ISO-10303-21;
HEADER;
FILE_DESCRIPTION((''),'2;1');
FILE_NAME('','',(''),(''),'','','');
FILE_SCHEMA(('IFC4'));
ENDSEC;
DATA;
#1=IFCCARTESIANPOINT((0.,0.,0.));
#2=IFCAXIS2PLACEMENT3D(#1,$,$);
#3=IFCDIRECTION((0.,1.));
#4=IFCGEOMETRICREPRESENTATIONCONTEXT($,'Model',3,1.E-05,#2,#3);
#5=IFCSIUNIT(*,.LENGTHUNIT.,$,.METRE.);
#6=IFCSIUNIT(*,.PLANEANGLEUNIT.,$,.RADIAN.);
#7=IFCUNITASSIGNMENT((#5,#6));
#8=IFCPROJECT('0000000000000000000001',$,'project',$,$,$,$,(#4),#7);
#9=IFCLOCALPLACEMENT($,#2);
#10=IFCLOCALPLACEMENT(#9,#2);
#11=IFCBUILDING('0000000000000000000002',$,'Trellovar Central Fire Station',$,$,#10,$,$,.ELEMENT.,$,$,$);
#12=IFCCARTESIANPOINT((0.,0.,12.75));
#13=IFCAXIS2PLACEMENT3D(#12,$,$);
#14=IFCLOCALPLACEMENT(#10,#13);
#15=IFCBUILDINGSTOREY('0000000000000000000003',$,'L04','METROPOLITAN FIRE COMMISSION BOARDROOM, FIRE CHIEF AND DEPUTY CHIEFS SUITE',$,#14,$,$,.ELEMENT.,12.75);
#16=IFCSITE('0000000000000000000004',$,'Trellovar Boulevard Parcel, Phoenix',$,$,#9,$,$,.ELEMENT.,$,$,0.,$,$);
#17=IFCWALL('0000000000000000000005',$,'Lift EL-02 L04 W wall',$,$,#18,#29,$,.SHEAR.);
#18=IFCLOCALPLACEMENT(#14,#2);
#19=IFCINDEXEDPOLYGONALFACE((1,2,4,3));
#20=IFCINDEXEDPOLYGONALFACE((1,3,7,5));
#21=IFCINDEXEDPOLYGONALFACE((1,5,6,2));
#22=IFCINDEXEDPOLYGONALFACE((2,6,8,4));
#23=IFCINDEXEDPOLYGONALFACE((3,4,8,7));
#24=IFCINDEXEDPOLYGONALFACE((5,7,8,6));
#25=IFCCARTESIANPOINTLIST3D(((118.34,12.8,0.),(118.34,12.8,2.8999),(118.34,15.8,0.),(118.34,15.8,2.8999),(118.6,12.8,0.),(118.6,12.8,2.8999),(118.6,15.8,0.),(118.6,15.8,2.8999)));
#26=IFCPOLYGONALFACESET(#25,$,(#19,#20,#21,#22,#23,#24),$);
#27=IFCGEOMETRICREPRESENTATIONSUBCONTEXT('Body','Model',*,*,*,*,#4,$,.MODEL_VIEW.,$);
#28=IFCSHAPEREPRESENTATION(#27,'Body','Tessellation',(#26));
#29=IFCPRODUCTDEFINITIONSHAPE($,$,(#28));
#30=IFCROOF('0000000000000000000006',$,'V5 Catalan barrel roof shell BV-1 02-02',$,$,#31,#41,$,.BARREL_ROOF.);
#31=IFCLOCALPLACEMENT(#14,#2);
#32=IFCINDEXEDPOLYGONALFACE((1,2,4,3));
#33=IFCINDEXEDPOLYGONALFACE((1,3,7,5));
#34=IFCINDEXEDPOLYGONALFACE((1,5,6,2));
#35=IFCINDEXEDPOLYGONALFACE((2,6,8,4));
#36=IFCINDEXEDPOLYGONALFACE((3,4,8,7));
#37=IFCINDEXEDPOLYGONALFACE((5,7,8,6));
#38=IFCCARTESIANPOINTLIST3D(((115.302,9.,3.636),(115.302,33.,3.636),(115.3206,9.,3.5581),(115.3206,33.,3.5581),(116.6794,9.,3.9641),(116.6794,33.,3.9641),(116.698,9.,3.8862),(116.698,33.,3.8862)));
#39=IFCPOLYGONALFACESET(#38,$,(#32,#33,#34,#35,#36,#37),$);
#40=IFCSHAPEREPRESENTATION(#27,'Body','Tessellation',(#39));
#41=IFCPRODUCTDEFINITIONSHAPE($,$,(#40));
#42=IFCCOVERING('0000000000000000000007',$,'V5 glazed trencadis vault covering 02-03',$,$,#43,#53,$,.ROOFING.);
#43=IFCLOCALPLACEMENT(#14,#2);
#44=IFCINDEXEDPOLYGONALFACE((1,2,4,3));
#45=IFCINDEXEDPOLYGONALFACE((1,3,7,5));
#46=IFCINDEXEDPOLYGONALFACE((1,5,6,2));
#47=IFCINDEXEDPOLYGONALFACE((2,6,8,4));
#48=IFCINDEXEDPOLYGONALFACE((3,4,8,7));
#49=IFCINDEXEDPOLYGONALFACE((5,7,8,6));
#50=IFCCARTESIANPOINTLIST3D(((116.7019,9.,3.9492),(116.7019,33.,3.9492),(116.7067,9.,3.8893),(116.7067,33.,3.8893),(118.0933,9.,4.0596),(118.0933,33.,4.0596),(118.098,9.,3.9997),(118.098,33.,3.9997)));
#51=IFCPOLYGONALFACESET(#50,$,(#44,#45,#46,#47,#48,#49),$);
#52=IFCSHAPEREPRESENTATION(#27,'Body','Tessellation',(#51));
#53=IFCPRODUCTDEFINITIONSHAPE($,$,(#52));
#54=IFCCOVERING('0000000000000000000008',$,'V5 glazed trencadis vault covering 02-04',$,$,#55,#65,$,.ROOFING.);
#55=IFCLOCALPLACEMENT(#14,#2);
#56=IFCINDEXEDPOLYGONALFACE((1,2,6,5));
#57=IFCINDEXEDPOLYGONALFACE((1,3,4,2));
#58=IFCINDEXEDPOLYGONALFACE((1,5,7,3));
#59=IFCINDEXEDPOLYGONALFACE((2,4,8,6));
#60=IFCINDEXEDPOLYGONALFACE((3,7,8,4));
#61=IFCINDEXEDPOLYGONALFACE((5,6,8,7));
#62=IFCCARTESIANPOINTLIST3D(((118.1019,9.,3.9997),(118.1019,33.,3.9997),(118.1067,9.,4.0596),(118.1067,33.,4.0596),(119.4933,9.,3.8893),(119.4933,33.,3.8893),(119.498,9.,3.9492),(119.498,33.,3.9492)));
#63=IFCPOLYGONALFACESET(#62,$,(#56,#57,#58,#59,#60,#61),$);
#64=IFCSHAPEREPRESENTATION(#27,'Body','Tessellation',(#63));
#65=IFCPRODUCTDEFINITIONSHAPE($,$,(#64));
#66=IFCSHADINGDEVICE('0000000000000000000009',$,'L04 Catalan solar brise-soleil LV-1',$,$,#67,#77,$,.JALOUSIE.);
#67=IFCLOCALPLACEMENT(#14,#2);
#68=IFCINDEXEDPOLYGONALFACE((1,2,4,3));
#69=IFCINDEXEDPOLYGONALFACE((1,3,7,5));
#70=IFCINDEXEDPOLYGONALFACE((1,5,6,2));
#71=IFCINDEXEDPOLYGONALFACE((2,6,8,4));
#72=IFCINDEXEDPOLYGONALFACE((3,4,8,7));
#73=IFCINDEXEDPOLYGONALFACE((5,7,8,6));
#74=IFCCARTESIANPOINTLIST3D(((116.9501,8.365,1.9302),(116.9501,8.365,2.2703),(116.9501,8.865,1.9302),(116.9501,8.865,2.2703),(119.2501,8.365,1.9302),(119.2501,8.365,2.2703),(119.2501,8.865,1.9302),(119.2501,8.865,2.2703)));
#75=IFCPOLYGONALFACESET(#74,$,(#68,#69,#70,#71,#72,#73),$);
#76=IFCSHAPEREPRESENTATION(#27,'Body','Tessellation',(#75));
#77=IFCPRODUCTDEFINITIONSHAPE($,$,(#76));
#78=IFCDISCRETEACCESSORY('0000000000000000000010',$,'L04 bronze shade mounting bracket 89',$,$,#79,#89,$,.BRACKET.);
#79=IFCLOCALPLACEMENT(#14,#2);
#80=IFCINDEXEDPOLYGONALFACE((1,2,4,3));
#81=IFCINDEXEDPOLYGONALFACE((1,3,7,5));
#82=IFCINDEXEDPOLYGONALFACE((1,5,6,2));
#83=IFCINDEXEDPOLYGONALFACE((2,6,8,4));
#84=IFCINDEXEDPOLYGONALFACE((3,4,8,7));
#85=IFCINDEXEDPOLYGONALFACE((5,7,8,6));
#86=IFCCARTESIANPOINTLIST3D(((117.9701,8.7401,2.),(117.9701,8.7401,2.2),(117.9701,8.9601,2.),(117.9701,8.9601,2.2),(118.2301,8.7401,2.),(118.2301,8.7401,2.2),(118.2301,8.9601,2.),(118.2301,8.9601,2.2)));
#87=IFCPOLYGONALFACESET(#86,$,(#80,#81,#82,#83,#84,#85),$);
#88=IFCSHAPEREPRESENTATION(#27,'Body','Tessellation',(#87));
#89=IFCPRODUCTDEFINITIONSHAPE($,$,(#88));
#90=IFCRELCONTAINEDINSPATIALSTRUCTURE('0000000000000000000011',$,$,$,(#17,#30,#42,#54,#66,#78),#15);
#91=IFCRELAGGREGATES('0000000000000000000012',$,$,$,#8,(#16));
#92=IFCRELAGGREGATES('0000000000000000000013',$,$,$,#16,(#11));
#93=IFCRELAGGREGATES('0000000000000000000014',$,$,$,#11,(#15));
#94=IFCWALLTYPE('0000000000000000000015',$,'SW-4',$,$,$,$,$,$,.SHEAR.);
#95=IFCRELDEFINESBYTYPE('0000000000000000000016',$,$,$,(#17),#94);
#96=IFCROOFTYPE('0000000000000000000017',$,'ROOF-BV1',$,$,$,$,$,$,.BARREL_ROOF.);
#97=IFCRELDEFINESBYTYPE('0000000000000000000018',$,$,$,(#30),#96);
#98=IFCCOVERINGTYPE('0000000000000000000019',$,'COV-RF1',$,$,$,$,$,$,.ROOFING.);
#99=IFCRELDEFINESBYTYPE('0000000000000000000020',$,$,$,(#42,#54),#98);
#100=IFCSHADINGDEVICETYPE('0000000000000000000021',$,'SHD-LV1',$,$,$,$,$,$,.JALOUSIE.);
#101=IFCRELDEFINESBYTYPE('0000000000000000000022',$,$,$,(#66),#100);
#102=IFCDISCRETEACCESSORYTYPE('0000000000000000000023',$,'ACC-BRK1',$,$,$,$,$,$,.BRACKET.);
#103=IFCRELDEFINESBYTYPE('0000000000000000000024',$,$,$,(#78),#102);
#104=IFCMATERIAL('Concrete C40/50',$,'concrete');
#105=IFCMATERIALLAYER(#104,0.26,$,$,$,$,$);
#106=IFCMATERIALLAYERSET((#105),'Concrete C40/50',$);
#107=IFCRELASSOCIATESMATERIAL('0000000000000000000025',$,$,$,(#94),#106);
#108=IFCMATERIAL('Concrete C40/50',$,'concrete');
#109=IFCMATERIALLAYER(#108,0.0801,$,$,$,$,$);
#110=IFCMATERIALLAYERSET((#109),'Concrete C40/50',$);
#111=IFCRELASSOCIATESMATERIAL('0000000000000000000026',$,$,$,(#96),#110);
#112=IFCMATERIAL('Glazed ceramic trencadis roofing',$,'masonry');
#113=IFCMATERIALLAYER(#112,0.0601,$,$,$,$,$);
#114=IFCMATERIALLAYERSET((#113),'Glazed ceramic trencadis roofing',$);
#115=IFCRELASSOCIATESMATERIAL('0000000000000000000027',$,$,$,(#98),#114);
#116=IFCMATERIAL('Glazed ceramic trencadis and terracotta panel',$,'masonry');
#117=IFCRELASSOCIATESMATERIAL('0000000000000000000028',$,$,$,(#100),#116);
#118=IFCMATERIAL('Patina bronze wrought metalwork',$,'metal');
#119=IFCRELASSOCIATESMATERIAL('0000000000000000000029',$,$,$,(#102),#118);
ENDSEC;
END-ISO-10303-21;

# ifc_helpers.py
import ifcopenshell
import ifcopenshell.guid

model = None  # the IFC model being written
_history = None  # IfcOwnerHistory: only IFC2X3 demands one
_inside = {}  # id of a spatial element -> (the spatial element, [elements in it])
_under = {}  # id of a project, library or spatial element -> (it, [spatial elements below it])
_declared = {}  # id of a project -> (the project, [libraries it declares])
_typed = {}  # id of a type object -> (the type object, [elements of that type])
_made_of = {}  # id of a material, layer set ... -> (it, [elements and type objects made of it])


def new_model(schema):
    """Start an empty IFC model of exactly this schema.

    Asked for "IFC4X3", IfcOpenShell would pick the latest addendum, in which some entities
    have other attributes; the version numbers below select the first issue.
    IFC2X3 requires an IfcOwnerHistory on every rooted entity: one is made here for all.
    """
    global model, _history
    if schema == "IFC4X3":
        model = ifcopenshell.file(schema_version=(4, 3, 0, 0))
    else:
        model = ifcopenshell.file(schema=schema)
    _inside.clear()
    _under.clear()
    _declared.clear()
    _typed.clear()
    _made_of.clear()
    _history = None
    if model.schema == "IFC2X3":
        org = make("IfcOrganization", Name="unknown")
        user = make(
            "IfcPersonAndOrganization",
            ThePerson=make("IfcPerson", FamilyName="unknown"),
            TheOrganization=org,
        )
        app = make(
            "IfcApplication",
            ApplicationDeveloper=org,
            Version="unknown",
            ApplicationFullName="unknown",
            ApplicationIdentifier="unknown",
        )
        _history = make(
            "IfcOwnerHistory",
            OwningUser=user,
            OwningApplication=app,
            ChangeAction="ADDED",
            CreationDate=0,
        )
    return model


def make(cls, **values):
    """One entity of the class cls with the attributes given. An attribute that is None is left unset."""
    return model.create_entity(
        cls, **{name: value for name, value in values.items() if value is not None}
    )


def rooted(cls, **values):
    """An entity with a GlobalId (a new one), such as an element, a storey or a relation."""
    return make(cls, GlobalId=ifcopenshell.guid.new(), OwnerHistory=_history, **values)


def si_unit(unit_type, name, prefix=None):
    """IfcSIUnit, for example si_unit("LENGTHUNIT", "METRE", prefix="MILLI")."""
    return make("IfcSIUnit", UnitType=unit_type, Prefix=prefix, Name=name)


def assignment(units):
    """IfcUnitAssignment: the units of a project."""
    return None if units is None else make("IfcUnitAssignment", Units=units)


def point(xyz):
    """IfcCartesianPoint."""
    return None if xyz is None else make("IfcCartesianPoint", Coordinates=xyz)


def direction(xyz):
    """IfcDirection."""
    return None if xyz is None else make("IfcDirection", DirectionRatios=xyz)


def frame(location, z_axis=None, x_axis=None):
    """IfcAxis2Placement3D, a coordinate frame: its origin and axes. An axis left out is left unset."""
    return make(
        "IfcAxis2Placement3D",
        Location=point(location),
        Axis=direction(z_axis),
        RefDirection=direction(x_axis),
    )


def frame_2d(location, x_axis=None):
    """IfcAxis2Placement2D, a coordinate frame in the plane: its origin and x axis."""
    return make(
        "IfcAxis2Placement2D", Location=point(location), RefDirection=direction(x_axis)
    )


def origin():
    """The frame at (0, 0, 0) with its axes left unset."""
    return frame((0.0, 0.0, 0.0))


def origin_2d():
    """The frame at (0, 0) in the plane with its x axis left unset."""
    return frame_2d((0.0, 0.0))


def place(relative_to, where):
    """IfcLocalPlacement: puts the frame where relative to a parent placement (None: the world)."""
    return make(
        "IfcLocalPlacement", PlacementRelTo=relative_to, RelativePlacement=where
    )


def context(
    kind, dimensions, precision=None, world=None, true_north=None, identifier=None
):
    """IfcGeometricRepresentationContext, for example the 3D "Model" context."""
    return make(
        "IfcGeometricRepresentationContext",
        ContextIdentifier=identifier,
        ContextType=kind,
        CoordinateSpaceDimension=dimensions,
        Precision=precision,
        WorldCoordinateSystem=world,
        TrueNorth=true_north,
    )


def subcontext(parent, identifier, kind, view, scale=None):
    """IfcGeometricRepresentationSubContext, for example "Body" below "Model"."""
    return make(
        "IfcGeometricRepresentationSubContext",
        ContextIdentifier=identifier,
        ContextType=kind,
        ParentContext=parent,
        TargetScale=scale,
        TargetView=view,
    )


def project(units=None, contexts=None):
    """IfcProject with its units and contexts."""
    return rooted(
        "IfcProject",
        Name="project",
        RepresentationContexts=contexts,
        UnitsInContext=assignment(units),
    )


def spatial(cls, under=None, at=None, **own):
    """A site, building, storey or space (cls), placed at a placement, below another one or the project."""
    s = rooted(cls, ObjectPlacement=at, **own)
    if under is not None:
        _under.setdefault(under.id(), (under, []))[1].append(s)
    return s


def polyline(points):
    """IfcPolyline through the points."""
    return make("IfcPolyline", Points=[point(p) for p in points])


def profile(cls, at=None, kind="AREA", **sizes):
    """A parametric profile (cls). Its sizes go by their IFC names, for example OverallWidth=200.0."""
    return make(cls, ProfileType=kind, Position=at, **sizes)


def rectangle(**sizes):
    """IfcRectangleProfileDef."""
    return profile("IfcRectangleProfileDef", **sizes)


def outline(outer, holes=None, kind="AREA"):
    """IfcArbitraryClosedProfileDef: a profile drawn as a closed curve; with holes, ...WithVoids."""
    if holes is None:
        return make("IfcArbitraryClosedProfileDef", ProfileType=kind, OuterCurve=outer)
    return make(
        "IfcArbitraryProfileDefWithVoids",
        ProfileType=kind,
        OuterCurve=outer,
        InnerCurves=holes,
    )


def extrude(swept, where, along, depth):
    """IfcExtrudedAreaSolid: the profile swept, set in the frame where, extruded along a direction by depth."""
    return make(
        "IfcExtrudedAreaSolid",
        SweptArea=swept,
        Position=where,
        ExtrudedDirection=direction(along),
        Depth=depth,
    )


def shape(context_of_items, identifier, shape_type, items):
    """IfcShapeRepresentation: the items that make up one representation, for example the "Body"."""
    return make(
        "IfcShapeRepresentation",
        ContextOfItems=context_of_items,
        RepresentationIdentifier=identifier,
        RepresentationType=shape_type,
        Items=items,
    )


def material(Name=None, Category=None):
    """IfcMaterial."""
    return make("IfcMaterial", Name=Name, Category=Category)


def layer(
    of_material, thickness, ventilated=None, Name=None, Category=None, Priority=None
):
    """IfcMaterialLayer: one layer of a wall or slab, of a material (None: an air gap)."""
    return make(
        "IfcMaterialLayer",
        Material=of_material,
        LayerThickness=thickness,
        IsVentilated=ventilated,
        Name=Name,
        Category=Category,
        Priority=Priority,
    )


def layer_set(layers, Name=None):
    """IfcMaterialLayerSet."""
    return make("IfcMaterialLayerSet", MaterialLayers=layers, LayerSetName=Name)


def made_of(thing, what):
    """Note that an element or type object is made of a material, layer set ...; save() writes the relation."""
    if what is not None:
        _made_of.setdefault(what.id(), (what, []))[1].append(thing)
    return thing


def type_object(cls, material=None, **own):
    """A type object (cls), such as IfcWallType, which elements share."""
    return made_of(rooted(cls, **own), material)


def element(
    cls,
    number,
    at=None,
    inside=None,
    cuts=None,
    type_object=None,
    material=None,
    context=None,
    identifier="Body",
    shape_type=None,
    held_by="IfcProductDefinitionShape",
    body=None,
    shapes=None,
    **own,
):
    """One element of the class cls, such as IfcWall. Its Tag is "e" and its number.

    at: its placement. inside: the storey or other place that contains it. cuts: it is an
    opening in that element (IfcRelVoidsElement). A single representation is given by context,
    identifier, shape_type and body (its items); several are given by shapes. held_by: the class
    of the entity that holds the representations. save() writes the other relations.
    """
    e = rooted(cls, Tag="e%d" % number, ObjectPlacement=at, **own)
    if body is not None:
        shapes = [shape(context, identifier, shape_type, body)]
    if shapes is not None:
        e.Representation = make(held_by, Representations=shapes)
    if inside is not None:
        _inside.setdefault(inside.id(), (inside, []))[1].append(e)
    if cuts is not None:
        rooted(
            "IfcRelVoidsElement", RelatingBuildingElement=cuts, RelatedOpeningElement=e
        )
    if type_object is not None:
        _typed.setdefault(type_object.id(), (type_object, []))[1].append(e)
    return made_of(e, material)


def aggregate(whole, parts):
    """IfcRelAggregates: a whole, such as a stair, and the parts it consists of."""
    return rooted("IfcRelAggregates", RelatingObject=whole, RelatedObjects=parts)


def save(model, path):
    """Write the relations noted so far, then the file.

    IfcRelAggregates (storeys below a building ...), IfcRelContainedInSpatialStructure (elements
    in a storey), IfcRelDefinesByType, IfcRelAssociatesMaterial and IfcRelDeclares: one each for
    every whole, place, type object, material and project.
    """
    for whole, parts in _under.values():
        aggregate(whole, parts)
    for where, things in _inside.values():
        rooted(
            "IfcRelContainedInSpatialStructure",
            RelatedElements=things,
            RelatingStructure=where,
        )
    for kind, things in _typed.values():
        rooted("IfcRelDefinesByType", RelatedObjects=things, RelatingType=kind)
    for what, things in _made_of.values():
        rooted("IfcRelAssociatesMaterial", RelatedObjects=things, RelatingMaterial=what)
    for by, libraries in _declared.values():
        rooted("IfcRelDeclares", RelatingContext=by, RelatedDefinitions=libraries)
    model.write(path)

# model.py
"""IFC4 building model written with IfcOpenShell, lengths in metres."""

from ifc_helpers import new_model, si_unit, direction, frame, frame_2d, origin, origin_2d, place, context, subcontext, project, spatial, polyline, rectangle, outline, extrude, material, layer, layer_set, type_object, element, save


model = new_model("IFC4")

# Units and contexts
model_context = context("Model", 3, precision=1e-05, world=origin(), true_north=direction((0.0, 1.0)))
body_context = subcontext(model_context, "Body", "Model", "MODEL_VIEW")
ifc_project = project(units=[si_unit("LENGTHUNIT", "METRE"), si_unit("PLANEANGLEUNIT", "RADIAN")], contexts=[model_context])

# Site, building, storey
site_placement = place(None, origin())
site = spatial("IfcSite", under=ifc_project, at=site_placement, Name="Trellovar Boulevard Parcel, Phoenix", CompositionType="ELEMENT", RefElevation=0.0)
building_placement = place(site_placement, origin())
building = spatial("IfcBuilding", under=site, at=building_placement, Name="Trellovar Central Fire Station", CompositionType="ELEMENT")
storey_placement = place(building_placement, frame((0.0, 0.0, 12.75)))
storey = spatial("IfcBuildingStorey", under=building, at=storey_placement, Name="L04", Description="METROPOLITAN FIRE COMMISSION BOARDROOM, FIRE CHIEF AND DEPUTY CHIEFS SUITE", CompositionType="ELEMENT", Elevation=12.75)

# Shared definitions
ifc_material_1 = material(Name="Concrete C40/50", Category="concrete")
ifc_layer_1 = layer(ifc_material_1, 0.26)
ifc_layer_set_1 = layer_set([ifc_layer_1], Name="Concrete C40/50")
wall_type = type_object("IfcWallType", Name="SW-4", PredefinedType="SHEAR", material=ifc_layer_set_1)

# Wall
wall_1_placement = place(storey_placement, frame((118.47, 15.8, 0.0), z_axis=(0.0, 0.0, 1.0), x_axis=(0.0, -1.0, 0.0)))
element("IfcWall", 1, at=wall_1_placement, inside=storey, type_object=wall_type, Name="Lift EL-02 L04 W wall", PredefinedType="SHEAR", context=body_context, shape_type="SweptSolid", body=[
    extrude(rectangle(XDim=3.0, YDim=0.26, at=frame_2d((1.5, 0.0))), origin(), (0.0, 0.0, 1.0), 2.8999),
])

# Roof
ifc_material_2 = material(Name="Concrete C40/50", Category="concrete")
ifc_layer_2 = layer(ifc_material_2, 0.0801)
ifc_layer_set_2 = layer_set([ifc_layer_2], Name="Concrete C40/50")
roof_type = type_object("IfcRoofType", Name="ROOF-BV1", PredefinedType="BARREL_ROOF", material=ifc_layer_set_2)
roof_placement = place(storey_placement, frame((115.302, 9.0, 3.636), z_axis=(-0.231729, 0.0, 0.97278), x_axis=(0.97278, 0.0, 0.231729)))
element("IfcRoof", 2, at=roof_placement, inside=storey, type_object=roof_type, Name="V5 Catalan barrel roof shell BV-1 02-02", PredefinedType="BARREL_ROOF", context=body_context, shape_type="SweptSolid", body=[
    extrude(outline(polyline([(0.0, 0.0), (1.416, 0.0), (1.416, 24.0), (0.0, 24.0), (0.0, 0.0)])), origin(), (0.0, 0.0, -1.0), 0.0801),
])

# Coverings
ifc_material_3 = material(Name="Glazed ceramic trencadis roofing", Category="masonry")
ifc_layer_3 = layer(ifc_material_3, 0.0601)
ifc_layer_set_3 = layer_set([ifc_layer_3], Name="Glazed ceramic trencadis roofing")
covering_type = type_object("IfcCoveringType", Name="COV-RF1", PredefinedType="ROOFING", material=ifc_layer_set_3)
for number, where, z_axis, x_axis, name in (
    (3, (116.7019, 9.0, 3.9492), (-0.079064, 0.0, 0.99687), (0.99687, 0.0, 0.079064), "V5 glazed trencadis vault covering 02-03"),
    (4, (118.1067, 9.0, 4.0596), (0.079064, 0.0, 0.99687), (0.99687, 0.0, -0.079064), "V5 glazed trencadis vault covering 02-04"),
):
    element("IfcCovering", number, at=place(storey_placement, frame(where, z_axis=z_axis, x_axis=x_axis)), inside=storey, type_object=covering_type, Name=name, PredefinedType="ROOFING", context=body_context, shape_type="SweptSolid", body=[
        extrude(outline(polyline([(0.0, 0.0), (1.3957, 0.0), (1.3957, 24.0), (0.0, 24.0), (0.0, 0.0)])), origin(), (0.0, 0.0, -1.0), 0.0601),
    ])

# Shading device
ifc_material_4 = material(Name="Glazed ceramic trencadis and terracotta panel", Category="masonry")
shading_device_type = type_object("IfcShadingDeviceType", Name="SHD-LV1", PredefinedType="JALOUSIE", material=ifc_material_4)
shading_device_placement = place(storey_placement, frame((118.1001, 8.615, 1.9302), z_axis=(0.0, 0.0, 1.0), x_axis=(1.0, 0.0, 0.0)))
element("IfcShadingDevice", 5, at=shading_device_placement, inside=storey, type_object=shading_device_type, Name="L04 Catalan solar brise-soleil LV-1", PredefinedType="JALOUSIE", context=body_context, shape_type="SweptSolid", body=[
    extrude(rectangle(XDim=2.3, YDim=0.5, at=origin_2d()), origin(), (0.0, 0.0, 1.0), 0.3401),
])

# Discrete accessory
ifc_material_5 = material(Name="Patina bronze wrought metalwork", Category="metal")
discrete_accessory_type = type_object("IfcDiscreteAccessoryType", Name="ACC-BRK1", PredefinedType="BRACKET", material=ifc_material_5)
discrete_accessory_placement = place(storey_placement, frame((118.1001, 8.8501, 2.0), z_axis=(0.0, 0.0, 1.0), x_axis=(1.0, 0.0, 0.0)))
element("IfcDiscreteAccessory", 6, at=discrete_accessory_placement, inside=storey, type_object=discrete_accessory_type, Name="L04 bronze shade mounting bracket 89", PredefinedType="BRACKET", context=body_context, shape_type="SweptSolid", body=[
    extrude(rectangle(XDim=0.26, YDim=0.22, at=origin_2d()), origin(), (0.0, 0.0, 1.0), 0.2),
])

save(model, "model.ifc")
